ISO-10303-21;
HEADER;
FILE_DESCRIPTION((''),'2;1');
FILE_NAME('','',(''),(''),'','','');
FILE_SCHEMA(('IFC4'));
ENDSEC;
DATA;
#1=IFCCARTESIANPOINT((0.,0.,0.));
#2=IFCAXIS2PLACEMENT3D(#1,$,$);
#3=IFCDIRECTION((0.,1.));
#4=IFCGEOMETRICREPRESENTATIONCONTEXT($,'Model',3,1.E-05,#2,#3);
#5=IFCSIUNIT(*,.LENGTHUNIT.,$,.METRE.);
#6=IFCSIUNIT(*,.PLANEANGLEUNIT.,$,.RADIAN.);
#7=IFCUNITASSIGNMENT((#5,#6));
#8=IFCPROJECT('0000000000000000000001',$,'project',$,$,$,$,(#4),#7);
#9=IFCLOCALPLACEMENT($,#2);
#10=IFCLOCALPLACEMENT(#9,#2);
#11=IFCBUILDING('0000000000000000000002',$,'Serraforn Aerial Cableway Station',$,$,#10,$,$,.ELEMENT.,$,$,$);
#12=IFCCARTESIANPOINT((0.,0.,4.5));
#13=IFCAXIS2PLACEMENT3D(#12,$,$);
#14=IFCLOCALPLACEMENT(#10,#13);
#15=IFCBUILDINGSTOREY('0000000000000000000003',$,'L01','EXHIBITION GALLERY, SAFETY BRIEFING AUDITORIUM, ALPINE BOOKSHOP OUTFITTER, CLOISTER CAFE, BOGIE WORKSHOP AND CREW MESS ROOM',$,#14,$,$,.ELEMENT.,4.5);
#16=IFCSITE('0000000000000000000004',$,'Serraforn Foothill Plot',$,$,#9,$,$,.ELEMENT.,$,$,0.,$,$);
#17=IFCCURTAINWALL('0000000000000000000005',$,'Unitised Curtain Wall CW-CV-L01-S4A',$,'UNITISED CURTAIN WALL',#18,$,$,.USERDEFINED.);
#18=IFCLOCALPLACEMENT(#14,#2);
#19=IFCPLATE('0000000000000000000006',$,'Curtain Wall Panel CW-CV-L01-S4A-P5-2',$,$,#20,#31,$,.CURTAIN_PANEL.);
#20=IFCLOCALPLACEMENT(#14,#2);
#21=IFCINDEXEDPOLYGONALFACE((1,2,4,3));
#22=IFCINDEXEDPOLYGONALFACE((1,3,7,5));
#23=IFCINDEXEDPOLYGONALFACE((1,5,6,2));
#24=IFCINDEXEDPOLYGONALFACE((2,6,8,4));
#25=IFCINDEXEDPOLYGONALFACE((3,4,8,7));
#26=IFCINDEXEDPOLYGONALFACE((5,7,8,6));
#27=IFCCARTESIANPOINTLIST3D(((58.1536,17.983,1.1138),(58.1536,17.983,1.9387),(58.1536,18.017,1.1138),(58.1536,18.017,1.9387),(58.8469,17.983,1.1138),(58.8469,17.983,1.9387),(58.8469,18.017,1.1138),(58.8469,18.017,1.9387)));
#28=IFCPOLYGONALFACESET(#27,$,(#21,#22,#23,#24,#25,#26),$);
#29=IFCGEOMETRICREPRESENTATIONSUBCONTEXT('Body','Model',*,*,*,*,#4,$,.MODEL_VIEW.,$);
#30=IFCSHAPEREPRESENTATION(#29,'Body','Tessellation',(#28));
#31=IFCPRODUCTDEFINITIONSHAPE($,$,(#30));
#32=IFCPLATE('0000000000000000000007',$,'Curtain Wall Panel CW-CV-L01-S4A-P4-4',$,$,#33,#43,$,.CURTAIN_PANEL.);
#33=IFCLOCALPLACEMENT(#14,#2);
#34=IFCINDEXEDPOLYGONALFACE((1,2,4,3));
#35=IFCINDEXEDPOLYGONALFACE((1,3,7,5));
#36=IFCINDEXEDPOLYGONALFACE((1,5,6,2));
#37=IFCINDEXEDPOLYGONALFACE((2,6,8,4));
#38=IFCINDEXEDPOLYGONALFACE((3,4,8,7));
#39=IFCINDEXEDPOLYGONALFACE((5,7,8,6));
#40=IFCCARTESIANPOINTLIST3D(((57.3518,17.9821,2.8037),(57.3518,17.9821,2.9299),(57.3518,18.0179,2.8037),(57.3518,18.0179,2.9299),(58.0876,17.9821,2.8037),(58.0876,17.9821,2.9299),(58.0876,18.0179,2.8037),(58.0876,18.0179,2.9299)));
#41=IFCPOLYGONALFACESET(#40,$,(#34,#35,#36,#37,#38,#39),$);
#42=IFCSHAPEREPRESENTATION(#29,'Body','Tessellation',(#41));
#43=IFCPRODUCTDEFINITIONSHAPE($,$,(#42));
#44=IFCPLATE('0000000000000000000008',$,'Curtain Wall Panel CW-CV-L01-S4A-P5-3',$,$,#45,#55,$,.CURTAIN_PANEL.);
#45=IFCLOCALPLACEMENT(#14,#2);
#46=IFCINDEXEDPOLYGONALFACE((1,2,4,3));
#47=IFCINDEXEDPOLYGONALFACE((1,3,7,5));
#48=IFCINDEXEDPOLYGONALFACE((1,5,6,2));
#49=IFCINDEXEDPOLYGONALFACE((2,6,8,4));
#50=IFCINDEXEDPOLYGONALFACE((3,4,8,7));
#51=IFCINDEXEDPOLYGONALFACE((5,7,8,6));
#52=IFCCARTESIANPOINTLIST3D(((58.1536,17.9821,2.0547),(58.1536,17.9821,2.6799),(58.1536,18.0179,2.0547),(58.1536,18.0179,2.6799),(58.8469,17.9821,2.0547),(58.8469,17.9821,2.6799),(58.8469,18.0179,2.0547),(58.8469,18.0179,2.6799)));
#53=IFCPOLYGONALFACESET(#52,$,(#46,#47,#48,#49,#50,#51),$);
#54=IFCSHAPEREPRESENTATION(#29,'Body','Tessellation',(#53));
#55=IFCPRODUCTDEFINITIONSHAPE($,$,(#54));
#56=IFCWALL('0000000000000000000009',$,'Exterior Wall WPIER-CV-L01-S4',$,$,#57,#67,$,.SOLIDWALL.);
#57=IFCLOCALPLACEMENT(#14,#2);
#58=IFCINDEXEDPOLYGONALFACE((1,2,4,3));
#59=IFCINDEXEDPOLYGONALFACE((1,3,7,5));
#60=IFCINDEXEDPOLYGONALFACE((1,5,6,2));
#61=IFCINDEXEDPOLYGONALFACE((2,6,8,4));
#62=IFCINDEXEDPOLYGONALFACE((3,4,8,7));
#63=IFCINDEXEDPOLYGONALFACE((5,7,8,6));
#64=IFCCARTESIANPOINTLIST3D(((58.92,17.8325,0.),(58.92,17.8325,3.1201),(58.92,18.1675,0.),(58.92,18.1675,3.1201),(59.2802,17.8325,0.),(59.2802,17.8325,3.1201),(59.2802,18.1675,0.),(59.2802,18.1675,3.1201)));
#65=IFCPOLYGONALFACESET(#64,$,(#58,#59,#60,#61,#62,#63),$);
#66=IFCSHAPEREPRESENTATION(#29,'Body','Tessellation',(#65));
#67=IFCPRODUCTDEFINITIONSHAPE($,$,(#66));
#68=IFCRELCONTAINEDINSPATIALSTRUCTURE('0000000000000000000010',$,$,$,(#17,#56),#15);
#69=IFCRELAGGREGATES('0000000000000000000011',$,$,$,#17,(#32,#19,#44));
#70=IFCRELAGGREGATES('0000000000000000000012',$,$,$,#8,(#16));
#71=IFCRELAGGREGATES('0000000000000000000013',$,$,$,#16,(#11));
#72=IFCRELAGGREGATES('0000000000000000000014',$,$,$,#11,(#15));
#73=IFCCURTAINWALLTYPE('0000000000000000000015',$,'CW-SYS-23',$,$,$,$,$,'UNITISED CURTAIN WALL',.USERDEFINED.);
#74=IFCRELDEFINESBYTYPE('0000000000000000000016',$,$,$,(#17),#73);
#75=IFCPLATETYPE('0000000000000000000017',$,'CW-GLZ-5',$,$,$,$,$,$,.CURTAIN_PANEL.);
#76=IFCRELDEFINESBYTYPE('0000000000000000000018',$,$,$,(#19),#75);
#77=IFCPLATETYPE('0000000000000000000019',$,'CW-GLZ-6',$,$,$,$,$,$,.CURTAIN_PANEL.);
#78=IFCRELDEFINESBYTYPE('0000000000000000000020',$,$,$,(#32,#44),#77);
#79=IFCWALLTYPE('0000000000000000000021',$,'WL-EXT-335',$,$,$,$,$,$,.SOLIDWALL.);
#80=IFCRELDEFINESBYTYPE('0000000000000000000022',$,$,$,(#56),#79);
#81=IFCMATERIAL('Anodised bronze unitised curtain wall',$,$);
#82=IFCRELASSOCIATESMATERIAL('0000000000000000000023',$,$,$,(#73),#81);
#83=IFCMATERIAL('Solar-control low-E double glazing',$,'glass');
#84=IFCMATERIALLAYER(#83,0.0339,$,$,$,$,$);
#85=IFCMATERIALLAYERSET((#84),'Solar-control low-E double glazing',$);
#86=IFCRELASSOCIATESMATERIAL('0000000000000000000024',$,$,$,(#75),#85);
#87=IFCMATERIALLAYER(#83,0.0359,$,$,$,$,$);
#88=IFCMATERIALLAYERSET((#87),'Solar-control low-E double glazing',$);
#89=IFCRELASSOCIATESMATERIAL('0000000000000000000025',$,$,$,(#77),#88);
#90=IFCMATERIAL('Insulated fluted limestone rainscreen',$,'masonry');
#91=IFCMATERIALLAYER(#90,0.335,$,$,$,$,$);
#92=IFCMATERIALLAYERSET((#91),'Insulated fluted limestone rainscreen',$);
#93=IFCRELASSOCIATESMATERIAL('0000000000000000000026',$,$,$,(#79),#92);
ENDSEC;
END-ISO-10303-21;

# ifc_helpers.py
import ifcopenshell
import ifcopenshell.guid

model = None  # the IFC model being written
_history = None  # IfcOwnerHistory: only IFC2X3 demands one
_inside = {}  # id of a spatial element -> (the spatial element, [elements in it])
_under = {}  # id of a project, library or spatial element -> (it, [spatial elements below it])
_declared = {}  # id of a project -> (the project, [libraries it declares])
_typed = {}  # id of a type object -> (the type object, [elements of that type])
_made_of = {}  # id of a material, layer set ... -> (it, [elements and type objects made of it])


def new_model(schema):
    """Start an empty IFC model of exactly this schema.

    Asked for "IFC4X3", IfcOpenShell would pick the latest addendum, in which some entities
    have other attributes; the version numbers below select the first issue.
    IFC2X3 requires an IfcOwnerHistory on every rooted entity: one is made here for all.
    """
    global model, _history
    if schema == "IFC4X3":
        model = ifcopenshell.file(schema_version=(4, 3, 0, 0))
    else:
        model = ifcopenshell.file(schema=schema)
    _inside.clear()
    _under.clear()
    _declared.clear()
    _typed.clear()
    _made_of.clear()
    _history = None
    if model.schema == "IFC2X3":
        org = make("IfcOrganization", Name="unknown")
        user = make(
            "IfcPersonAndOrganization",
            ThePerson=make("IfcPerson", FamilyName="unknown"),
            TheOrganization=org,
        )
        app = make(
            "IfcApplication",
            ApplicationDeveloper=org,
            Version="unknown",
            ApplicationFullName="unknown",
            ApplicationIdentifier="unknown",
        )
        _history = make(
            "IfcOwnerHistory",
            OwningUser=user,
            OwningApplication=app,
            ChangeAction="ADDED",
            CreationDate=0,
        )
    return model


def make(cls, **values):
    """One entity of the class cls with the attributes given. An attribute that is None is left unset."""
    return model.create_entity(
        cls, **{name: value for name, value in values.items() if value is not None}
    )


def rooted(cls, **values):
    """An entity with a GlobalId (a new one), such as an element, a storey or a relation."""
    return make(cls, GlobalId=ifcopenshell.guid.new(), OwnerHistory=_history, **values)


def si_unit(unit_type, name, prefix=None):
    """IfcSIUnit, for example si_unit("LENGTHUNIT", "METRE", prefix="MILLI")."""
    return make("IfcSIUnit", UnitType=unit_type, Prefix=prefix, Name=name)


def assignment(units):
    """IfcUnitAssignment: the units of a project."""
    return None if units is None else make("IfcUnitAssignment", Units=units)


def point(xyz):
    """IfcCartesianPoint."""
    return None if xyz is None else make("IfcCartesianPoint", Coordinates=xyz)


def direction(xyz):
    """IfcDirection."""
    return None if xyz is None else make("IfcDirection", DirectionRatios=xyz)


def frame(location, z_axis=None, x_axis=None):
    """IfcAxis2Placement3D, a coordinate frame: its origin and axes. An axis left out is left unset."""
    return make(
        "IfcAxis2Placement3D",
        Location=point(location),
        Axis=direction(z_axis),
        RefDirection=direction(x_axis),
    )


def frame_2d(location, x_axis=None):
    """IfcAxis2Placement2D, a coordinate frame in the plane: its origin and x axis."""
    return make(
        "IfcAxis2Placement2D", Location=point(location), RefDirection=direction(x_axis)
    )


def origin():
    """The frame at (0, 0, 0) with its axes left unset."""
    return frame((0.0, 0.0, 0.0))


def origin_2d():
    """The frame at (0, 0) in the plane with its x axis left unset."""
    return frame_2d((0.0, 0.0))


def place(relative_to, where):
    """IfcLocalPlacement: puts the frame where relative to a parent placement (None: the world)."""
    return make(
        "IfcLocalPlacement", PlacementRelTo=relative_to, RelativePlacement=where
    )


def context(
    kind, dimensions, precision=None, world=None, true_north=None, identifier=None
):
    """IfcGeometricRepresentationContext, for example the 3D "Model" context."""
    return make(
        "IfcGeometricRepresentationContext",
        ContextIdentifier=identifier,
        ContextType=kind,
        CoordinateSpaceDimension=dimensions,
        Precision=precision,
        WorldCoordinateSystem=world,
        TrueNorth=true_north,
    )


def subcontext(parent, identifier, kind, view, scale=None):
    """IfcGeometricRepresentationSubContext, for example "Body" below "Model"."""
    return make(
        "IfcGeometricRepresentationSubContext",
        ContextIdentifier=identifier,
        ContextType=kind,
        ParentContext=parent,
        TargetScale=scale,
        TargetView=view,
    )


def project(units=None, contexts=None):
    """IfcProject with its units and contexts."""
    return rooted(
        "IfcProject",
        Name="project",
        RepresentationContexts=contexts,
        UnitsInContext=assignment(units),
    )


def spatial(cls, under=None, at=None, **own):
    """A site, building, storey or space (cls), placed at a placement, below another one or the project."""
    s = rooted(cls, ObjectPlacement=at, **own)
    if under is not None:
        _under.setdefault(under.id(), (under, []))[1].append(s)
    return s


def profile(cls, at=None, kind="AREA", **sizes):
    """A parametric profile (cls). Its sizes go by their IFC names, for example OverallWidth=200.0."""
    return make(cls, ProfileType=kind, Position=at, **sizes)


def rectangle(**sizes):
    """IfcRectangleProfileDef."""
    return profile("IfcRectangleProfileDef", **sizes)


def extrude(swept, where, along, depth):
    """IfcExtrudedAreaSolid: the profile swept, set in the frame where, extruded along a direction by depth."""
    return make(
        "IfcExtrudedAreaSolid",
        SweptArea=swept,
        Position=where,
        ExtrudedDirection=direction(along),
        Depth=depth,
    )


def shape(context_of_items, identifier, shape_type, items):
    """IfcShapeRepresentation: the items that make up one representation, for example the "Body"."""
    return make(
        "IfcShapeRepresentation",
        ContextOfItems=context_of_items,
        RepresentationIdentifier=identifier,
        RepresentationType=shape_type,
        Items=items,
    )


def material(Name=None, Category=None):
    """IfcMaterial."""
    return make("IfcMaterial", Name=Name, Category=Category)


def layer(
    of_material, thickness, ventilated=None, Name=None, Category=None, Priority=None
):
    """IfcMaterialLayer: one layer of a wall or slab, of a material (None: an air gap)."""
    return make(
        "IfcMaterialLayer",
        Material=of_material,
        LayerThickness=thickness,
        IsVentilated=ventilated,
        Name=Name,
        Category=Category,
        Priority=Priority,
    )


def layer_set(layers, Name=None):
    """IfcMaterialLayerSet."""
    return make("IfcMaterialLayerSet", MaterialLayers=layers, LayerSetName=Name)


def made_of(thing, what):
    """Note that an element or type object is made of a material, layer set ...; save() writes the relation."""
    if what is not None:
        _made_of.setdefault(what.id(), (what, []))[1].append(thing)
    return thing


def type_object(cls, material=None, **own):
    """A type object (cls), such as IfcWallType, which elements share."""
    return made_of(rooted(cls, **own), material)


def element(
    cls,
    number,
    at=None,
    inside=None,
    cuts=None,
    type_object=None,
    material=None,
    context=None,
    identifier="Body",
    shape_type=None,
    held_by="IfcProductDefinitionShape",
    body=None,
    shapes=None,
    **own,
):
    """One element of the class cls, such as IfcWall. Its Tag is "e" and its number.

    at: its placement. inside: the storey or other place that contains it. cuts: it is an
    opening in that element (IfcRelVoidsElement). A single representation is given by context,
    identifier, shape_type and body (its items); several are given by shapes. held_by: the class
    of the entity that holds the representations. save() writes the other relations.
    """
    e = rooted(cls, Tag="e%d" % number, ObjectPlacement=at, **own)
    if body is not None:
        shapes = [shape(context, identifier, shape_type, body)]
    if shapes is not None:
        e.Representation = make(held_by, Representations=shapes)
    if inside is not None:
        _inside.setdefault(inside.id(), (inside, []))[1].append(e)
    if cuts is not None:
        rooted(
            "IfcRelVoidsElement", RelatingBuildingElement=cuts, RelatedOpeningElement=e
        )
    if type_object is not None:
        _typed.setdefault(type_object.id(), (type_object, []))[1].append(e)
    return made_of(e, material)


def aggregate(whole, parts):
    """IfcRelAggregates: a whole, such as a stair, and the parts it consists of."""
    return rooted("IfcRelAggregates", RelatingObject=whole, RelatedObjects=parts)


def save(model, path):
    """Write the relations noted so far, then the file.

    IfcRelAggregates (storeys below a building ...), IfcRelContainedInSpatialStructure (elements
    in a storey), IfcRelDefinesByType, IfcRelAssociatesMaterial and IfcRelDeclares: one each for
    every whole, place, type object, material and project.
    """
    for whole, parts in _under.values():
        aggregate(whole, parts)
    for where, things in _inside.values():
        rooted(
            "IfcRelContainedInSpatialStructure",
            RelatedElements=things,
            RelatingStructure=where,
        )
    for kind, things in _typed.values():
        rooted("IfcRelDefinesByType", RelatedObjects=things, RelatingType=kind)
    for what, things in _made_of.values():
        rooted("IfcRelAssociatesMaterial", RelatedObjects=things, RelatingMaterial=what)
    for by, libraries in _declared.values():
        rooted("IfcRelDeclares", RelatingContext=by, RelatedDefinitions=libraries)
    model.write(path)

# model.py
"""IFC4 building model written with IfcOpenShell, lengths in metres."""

from ifc_helpers import new_model, si_unit, direction, frame, frame_2d, origin, origin_2d, place, context, subcontext, project, spatial, rectangle, extrude, material, layer, layer_set, type_object, element, aggregate, save


model = new_model("IFC4")

# Units and contexts
model_context = context("Model", 3, precision=1e-05, world=origin(), true_north=direction((0.0, 1.0)))
body_context = subcontext(model_context, "Body", "Model", "MODEL_VIEW")
ifc_project = project(units=[si_unit("LENGTHUNIT", "METRE"), si_unit("PLANEANGLEUNIT", "RADIAN")], contexts=[model_context])

# Site, building, storey
site_placement = place(None, origin())
site = spatial("IfcSite", under=ifc_project, at=site_placement, Name="Serraforn Foothill Plot", CompositionType="ELEMENT", RefElevation=0.0)
building_placement = place(site_placement, origin())
building = spatial("IfcBuilding", under=site, at=building_placement, Name="Serraforn Aerial Cableway Station", CompositionType="ELEMENT")
storey_placement = place(building_placement, frame((0.0, 0.0, 4.5)))
storey = spatial("IfcBuildingStorey", under=building, at=storey_placement, Name="L01", Description="EXHIBITION GALLERY, SAFETY BRIEFING AUDITORIUM, ALPINE BOOKSHOP OUTFITTER, CLOISTER CAFE, BOGIE WORKSHOP AND CREW MESS ROOM", CompositionType="ELEMENT", Elevation=4.5)

# Shared definitions
ifc_material_1 = material(Name="Anodised bronze unitised curtain wall")

# Curtain wall, plates
curtain_wall_type_1 = type_object("IfcCurtainWallType", Name="CW-SYS-23", ElementType="UNITISED CURTAIN WALL", PredefinedType="USERDEFINED", material=ifc_material_1)
curtain_wall_1_placement = place(storey_placement, origin())
curtain_wall_1 = element("IfcCurtainWall", 1, at=curtain_wall_1_placement, inside=storey, type_object=curtain_wall_type_1, Name="Unitised Curtain Wall CW-CV-L01-S4A", ObjectType="UNITISED CURTAIN WALL", PredefinedType="USERDEFINED")
ifc_material_2 = material(Name="Solar-control low-E double glazing", Category="glass")
ifc_layer_1 = layer(ifc_material_2, 0.0339)
ifc_layer_set_1 = layer_set([ifc_layer_1], Name="Solar-control low-E double glazing")
plate_type_1 = type_object("IfcPlateType", Name="CW-GLZ-5", PredefinedType="CURTAIN_PANEL", material=ifc_layer_set_1)
plate_1_placement = place(storey_placement, frame((58.5002, 18.0, 1.1138), z_axis=(0.0, 0.0, 1.0), x_axis=(1.0, 0.0, 0.0)))
plate_1 = element("IfcPlate", 2, at=plate_1_placement, type_object=plate_type_1, Name="Curtain Wall Panel CW-CV-L01-S4A-P5-2", PredefinedType="CURTAIN_PANEL", context=body_context, shape_type="SweptSolid", body=[
    extrude(rectangle(XDim=0.6934, YDim=0.0339, at=origin_2d()), origin(), (0.0, 0.0, 1.0), 0.825),
])
ifc_layer_2 = layer(ifc_material_2, 0.0359)
ifc_layer_set_2 = layer_set([ifc_layer_2], Name="Solar-control low-E double glazing")
plate_type_2 = type_object("IfcPlateType", Name="CW-GLZ-6", PredefinedType="CURTAIN_PANEL", material=ifc_layer_set_2)
plate_2_placement = place(storey_placement, frame((57.7197, 18.0, 2.8037), z_axis=(0.0, 0.0, 1.0), x_axis=(1.0, 0.0, 0.0)))
plate_2 = element("IfcPlate", 3, at=plate_2_placement, type_object=plate_type_2, Name="Curtain Wall Panel CW-CV-L01-S4A-P4-4", PredefinedType="CURTAIN_PANEL", context=body_context, shape_type="SweptSolid", body=[
    extrude(rectangle(XDim=0.7358, YDim=0.0359, at=origin_2d()), origin(), (0.0, 0.0, 1.0), 0.1262),
])
plate_3_placement = place(storey_placement, frame((58.5002, 18.0, 2.0547), z_axis=(0.0, 0.0, 1.0), x_axis=(1.0, 0.0, 0.0)))
plate_3 = element("IfcPlate", 4, at=plate_3_placement, type_object=plate_type_2, Name="Curtain Wall Panel CW-CV-L01-S4A-P5-3", PredefinedType="CURTAIN_PANEL", context=body_context, shape_type="SweptSolid", body=[
    extrude(rectangle(XDim=0.6934, YDim=0.0359, at=origin_2d()), origin(), (0.0, 0.0, 1.0), 0.6252),
])
aggregate(curtain_wall_1, [plate_2, plate_1, plate_3])

# Wall
ifc_material_3 = material(Name="Insulated fluted limestone rainscreen", Category="masonry")
ifc_layer_3 = layer(ifc_material_3, 0.335)
ifc_layer_set_3 = layer_set([ifc_layer_3], Name="Insulated fluted limestone rainscreen")
wall_type = type_object("IfcWallType", Name="WL-EXT-335", PredefinedType="SOLIDWALL", material=ifc_layer_set_3)
wall_placement = place(storey_placement, frame((58.9199, 18.0, 0.0), z_axis=(0.0, 0.0, 1.0), x_axis=(1.0, 0.0, 0.0)))
element("IfcWall", 5, at=wall_placement, inside=storey, type_object=wall_type, Name="Exterior Wall WPIER-CV-L01-S4", PredefinedType="SOLIDWALL", context=body_context, shape_type="SweptSolid", body=[
    extrude(rectangle(XDim=0.3601, YDim=0.335, at=frame_2d((0.1802, 0.0))), origin(), (0.0, 0.0, 1.0), 3.1201),
])

save(model, "model.ifc")
